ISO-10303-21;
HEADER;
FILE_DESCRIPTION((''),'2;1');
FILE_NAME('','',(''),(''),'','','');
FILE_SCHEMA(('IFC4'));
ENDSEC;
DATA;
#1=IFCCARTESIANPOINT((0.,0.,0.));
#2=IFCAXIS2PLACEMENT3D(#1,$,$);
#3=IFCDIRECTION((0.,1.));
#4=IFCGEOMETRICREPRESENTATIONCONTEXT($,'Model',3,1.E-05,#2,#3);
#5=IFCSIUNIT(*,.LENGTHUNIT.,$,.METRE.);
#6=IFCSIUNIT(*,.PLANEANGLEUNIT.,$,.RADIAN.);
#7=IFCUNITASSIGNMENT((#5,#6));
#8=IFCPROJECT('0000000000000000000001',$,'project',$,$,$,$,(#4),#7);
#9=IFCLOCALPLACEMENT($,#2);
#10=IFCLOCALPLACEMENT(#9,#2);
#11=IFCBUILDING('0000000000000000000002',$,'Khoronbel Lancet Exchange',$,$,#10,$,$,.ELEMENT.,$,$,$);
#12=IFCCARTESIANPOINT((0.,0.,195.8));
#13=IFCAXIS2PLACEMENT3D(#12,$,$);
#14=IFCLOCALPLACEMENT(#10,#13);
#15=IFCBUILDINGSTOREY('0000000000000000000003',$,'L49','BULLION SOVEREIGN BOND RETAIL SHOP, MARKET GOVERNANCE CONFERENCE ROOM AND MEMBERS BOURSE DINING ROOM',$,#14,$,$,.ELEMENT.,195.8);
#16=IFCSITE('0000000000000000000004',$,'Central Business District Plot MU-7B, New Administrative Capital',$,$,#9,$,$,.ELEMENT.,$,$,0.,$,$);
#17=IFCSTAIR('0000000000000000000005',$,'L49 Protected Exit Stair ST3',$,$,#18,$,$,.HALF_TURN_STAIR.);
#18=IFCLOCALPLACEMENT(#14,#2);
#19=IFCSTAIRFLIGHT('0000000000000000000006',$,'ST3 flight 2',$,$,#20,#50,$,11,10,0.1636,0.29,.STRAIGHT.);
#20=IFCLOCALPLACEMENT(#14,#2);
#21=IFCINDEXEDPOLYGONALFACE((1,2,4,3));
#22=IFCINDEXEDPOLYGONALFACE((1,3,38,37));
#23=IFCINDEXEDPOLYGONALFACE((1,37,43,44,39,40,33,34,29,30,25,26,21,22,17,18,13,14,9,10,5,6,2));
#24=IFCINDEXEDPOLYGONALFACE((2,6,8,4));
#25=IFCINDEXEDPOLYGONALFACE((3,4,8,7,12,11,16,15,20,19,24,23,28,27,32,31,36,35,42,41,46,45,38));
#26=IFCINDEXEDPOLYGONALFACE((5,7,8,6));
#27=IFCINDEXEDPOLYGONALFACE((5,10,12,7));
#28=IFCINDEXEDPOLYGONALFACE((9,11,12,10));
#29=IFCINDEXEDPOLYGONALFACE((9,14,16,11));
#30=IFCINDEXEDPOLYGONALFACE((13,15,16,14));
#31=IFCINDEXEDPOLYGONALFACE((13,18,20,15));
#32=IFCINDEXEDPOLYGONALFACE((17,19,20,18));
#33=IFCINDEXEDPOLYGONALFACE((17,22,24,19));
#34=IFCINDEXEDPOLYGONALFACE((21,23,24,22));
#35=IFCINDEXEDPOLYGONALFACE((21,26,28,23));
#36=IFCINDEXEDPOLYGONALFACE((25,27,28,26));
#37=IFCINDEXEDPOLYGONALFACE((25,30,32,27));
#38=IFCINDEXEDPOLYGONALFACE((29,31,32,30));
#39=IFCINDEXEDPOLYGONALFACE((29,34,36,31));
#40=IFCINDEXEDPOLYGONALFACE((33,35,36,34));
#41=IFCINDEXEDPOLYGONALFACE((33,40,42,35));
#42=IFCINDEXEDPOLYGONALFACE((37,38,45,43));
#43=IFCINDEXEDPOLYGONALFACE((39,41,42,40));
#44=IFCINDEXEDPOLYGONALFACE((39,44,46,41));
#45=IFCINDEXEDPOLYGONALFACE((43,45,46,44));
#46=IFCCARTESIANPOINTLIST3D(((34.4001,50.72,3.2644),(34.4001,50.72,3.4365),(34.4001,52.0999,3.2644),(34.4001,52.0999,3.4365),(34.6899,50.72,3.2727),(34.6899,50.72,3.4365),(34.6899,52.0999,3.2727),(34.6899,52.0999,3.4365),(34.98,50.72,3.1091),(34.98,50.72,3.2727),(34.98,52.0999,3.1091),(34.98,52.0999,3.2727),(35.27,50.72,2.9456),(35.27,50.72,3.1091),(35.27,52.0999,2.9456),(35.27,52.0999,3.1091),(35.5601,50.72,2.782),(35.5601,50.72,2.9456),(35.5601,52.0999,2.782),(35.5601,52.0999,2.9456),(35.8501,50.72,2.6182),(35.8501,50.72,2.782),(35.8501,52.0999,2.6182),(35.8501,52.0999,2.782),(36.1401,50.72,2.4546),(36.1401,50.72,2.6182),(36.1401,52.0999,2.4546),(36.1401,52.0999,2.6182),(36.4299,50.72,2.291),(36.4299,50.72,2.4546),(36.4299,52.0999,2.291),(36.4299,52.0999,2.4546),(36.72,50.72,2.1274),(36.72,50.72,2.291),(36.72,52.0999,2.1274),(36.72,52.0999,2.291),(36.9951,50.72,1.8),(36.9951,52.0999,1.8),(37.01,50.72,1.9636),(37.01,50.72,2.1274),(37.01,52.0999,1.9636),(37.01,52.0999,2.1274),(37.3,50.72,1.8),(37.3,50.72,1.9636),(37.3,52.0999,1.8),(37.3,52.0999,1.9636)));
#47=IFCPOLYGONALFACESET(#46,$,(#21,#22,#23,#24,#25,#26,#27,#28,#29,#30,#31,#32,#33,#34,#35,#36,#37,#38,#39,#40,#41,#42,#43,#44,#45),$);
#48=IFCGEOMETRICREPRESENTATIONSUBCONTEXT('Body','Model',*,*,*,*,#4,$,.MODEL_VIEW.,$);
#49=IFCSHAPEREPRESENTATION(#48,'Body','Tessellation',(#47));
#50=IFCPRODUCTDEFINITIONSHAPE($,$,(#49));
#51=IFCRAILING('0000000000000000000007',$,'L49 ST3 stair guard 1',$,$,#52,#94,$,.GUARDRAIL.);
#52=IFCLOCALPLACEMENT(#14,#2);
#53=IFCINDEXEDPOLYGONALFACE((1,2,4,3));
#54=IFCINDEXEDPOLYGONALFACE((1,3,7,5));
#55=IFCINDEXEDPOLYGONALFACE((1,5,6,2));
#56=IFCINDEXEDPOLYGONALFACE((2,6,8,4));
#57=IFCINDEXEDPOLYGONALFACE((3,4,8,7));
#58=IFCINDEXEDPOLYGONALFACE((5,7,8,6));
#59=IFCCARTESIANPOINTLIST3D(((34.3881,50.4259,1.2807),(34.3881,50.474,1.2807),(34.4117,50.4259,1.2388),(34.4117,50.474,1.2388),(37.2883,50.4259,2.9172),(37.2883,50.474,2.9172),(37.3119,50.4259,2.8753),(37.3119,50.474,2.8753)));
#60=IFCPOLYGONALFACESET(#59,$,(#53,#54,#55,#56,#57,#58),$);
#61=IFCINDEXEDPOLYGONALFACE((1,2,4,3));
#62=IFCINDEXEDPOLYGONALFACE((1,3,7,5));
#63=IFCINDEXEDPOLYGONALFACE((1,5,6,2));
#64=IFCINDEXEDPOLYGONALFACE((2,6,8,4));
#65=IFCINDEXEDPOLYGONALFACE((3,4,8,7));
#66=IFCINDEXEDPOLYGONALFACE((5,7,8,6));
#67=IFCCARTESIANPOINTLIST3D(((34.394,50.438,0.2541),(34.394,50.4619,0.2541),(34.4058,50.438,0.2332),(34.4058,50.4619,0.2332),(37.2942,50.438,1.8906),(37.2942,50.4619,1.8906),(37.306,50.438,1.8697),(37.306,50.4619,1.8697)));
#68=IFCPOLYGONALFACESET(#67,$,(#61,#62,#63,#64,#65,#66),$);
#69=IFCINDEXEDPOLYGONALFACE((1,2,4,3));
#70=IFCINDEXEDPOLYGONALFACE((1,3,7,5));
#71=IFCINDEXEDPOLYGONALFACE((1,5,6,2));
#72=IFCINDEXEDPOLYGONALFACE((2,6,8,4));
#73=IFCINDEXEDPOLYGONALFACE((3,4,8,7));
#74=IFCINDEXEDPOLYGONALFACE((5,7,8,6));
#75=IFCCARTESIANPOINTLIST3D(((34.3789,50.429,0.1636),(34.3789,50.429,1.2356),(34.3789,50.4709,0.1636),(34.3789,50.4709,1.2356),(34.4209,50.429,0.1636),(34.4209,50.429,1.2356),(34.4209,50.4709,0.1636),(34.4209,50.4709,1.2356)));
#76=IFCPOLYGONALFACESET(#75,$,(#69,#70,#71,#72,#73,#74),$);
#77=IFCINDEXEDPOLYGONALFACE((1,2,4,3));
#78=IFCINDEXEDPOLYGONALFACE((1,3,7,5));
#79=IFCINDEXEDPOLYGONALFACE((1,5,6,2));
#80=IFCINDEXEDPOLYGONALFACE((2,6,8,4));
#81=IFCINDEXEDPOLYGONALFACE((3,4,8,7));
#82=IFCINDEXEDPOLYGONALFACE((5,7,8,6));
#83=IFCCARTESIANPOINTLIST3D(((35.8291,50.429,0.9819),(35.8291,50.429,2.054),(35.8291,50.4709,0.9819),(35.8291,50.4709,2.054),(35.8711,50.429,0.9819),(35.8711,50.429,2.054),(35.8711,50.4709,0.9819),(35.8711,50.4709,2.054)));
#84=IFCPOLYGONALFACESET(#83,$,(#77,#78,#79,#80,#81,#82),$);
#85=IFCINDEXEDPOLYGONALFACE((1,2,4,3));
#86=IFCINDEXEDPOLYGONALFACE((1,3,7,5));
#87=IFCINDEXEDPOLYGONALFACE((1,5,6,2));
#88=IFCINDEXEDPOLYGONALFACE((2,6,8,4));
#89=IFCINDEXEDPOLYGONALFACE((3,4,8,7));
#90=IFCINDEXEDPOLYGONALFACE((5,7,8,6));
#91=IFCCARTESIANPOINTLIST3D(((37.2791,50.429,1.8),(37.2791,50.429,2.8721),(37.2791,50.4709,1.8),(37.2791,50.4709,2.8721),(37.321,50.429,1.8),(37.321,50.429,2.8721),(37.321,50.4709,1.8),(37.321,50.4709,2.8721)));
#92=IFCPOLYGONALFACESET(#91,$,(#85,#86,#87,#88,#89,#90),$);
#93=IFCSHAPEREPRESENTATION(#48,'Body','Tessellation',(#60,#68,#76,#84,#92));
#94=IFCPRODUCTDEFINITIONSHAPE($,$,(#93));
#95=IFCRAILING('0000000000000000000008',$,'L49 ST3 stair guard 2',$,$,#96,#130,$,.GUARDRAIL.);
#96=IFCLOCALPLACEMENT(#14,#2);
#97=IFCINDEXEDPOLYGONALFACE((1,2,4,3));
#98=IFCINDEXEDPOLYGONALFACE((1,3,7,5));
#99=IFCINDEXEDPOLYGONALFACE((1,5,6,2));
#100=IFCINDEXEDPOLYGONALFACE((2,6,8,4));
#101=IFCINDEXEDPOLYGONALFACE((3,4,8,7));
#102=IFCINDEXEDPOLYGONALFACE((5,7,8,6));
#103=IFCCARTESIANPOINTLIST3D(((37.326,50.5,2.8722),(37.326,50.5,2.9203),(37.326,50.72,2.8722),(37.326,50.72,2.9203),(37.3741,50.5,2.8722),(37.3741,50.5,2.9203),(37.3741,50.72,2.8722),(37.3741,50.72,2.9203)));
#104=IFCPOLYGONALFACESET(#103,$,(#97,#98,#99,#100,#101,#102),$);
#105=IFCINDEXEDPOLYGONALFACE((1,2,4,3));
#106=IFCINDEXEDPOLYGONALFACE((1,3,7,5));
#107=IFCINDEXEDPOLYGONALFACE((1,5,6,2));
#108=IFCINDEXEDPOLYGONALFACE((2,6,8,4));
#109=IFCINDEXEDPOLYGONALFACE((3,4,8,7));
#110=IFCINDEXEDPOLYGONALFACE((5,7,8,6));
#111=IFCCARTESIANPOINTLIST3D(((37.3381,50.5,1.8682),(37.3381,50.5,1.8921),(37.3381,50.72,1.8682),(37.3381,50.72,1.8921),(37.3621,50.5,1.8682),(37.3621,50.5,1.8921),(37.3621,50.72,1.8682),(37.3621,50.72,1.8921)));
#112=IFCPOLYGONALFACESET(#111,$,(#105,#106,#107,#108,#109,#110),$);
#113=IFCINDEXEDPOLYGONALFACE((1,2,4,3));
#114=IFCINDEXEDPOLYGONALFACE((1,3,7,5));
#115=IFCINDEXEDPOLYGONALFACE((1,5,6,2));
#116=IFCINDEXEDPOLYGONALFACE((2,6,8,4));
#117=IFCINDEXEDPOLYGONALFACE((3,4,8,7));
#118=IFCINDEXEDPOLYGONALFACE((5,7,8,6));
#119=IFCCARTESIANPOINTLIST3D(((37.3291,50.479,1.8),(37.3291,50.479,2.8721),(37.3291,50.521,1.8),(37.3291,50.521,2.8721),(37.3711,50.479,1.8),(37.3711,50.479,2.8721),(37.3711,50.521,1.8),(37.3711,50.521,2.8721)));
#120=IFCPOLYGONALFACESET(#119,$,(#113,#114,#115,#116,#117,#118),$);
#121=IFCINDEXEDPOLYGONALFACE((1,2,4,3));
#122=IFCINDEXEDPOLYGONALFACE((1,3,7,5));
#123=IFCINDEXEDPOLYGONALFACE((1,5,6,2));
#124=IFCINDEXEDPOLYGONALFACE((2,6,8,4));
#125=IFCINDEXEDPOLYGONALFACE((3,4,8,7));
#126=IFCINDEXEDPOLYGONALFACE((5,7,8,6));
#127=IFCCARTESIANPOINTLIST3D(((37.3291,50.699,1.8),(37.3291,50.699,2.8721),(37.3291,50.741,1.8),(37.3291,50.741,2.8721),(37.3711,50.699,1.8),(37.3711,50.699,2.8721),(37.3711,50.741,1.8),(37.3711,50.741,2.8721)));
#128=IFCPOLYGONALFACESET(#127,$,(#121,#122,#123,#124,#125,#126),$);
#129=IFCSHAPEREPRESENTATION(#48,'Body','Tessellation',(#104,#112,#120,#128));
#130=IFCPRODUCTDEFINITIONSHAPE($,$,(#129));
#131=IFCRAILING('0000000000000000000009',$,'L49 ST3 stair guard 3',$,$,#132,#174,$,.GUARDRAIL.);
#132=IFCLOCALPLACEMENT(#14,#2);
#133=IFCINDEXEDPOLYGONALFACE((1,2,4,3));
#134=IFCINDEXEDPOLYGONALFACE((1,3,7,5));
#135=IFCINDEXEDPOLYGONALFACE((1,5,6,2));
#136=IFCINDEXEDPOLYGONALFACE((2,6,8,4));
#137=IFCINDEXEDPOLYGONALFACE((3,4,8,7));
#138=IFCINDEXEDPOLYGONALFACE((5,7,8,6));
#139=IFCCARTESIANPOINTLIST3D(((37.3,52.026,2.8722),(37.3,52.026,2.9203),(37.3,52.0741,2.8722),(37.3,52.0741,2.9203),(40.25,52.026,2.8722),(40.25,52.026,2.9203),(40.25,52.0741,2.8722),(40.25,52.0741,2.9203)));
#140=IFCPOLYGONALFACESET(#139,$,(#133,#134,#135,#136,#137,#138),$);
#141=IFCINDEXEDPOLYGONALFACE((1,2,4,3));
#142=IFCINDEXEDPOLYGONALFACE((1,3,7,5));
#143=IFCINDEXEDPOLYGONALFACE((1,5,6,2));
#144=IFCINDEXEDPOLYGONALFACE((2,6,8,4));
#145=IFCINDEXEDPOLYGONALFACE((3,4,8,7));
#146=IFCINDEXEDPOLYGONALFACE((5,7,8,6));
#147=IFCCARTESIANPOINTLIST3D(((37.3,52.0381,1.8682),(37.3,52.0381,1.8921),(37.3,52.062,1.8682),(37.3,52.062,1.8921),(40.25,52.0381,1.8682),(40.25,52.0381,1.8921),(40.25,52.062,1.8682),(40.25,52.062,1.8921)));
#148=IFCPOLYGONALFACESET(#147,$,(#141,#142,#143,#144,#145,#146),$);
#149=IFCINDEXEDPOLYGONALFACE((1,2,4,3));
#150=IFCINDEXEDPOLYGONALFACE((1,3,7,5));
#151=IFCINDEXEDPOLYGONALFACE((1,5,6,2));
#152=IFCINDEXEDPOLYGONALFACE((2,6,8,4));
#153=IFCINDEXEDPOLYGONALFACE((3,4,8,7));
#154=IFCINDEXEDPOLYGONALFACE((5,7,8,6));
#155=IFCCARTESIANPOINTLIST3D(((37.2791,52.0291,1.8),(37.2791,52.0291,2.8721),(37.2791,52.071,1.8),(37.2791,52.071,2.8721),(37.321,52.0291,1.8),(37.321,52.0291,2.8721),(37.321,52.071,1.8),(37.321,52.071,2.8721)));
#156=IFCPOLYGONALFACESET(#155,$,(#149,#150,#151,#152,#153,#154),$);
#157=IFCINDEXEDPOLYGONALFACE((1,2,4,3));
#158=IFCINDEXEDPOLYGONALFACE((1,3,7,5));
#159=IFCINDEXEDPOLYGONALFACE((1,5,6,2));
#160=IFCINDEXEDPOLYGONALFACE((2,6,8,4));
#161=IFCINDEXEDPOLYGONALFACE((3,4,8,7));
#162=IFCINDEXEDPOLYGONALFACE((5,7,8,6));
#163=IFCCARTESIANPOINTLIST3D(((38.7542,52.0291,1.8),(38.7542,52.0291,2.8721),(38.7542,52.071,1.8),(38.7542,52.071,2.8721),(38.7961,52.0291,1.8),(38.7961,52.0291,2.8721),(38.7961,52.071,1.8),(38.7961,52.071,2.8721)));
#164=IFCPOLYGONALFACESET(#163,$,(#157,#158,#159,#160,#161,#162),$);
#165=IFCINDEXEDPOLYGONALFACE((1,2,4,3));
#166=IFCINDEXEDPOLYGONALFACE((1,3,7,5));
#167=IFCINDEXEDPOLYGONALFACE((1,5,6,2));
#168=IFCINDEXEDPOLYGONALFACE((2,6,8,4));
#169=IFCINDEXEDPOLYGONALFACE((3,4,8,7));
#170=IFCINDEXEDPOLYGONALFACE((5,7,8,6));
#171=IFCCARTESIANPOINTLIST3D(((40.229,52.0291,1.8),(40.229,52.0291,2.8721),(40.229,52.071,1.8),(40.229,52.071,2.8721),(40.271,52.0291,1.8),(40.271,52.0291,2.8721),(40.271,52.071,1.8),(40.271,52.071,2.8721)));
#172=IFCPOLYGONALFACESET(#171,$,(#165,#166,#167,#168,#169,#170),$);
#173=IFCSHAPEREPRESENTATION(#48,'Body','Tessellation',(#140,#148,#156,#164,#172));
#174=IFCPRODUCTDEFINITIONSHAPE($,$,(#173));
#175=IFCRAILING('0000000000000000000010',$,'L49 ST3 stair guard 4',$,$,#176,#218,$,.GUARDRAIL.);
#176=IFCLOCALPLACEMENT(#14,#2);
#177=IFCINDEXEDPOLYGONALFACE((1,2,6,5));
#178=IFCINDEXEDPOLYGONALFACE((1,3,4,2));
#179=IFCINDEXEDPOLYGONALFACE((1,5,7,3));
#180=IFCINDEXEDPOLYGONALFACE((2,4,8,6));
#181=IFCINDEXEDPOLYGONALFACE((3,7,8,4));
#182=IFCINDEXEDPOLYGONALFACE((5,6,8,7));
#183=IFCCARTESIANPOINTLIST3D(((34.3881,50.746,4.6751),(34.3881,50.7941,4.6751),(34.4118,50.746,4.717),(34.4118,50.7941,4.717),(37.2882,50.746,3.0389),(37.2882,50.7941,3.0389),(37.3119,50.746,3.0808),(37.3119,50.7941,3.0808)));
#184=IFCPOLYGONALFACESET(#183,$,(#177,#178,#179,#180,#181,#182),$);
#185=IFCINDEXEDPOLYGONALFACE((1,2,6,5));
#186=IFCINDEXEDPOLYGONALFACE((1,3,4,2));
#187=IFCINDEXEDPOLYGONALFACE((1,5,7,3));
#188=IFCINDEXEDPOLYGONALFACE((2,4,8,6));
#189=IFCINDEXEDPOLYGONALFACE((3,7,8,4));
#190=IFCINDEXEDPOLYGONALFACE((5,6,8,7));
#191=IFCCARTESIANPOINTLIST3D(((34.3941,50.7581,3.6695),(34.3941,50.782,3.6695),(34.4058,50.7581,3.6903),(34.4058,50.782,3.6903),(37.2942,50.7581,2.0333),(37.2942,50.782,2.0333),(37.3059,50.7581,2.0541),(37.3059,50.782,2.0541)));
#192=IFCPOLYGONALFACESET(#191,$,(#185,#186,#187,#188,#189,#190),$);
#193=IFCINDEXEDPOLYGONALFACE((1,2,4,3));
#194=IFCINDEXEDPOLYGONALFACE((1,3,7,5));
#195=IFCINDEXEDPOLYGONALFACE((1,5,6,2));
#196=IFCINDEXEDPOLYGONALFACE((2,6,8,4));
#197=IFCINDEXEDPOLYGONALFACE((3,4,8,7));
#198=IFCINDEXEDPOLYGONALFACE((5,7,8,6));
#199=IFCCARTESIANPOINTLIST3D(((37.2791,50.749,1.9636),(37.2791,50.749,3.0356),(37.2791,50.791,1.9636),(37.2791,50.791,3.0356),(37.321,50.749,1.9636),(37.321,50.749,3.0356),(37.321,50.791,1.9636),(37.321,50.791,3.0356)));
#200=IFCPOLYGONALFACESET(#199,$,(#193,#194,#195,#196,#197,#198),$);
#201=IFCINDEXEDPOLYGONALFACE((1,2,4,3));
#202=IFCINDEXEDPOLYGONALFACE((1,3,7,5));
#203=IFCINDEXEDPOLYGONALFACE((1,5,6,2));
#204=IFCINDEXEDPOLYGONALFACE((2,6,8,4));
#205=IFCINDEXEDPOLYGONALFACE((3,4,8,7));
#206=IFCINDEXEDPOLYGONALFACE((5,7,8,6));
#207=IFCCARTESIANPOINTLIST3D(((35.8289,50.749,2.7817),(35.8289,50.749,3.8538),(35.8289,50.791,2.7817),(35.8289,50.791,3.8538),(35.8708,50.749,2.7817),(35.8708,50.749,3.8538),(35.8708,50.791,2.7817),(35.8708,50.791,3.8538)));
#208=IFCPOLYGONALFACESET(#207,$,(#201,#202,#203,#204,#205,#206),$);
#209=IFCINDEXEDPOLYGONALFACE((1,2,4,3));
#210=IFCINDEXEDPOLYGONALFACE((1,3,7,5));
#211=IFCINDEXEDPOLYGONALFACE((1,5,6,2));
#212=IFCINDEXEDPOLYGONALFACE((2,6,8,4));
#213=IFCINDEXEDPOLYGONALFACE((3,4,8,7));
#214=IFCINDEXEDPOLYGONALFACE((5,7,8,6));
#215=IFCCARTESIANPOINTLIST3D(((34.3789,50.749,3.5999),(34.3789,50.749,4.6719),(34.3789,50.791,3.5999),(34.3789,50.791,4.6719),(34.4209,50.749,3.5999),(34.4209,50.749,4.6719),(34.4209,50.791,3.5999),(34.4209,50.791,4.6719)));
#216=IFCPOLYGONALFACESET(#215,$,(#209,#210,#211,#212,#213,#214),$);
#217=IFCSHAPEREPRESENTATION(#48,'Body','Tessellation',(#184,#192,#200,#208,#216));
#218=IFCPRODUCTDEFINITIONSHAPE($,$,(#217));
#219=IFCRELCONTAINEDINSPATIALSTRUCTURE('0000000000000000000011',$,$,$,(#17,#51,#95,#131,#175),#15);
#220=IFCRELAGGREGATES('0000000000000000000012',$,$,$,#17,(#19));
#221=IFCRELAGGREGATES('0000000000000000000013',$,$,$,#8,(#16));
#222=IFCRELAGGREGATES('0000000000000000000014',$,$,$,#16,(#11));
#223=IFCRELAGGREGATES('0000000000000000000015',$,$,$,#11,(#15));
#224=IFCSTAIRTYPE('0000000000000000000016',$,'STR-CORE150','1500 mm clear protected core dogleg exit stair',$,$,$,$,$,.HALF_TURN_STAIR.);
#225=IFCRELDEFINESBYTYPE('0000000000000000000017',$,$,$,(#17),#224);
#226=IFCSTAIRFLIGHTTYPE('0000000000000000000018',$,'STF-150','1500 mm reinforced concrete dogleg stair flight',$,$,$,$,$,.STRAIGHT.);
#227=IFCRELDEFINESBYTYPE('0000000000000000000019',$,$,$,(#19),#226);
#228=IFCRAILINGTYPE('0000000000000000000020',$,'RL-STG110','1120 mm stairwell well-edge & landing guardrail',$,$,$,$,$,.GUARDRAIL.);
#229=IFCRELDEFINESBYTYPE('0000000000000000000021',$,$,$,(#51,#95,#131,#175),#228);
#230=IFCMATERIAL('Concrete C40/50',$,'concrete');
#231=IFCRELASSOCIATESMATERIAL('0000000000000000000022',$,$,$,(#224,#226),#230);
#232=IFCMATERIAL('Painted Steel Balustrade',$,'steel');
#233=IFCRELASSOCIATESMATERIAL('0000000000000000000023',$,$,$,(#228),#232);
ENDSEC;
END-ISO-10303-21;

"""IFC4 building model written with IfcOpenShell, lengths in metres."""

from ifc_helpers import new_model, si_unit, direction, frame, origin, origin_2d, place, context, subcontext, project, spatial, polyline, rectangle, outline, extrude, material, type_object, element, aggregate, save


model = new_model("IFC4")

# Units and contexts
model_context = context("Model", 3, precision=1e-05, world=origin(), true_north=direction((0.0, 1.0)))
body_context = subcontext(model_context, "Body", "Model", "MODEL_VIEW")
ifc_project = project(units=[si_unit("LENGTHUNIT", "METRE"), si_unit("PLANEANGLEUNIT", "RADIAN")], contexts=[model_context])

# Site, building, storey
site_placement = place(None, origin())
site = spatial("IfcSite", under=ifc_project, at=site_placement, Name="Central Business District Plot MU-7B, New Administrative Capital", CompositionType="ELEMENT", RefElevation=0.0)
building_placement = place(site_placement, origin())
building = spatial("IfcBuilding", under=site, at=building_placement, Name="Khoronbel Lancet Exchange", CompositionType="ELEMENT")
storey_placement = place(building_placement, frame((0.0, 0.0, 195.8)))
storey = spatial("IfcBuildingStorey", under=building, at=storey_placement, Name="L49", Description="BULLION SOVEREIGN BOND RETAIL SHOP, MARKET GOVERNANCE CONFERENCE ROOM AND MEMBERS BOURSE DINING ROOM", CompositionType="ELEMENT", Elevation=195.8)

# Stair, stair flight
ifc_material_1 = material(Name="Concrete C40/50", Category="concrete")
stair_type = type_object("IfcStairType", Name="STR-CORE150", Description="1500 mm clear protected core dogleg exit stair", PredefinedType="HALF_TURN_STAIR", material=ifc_material_1)
stair_placement = place(storey_placement, origin())
stair = element("IfcStair", 1, at=stair_placement, inside=storey, type_object=stair_type, Name="L49 Protected Exit Stair ST3", PredefinedType="HALF_TURN_STAIR")
stair_flight_type = type_object("IfcStairFlightType", Name="STF-150", Description="1500 mm reinforced concrete dogleg stair flight", PredefinedType="STRAIGHT", material=ifc_material_1)
stair_flight_1_placement = place(storey_placement, frame((37.3, 51.4099, 1.8), z_axis=(0.0, 0.0, 1.0), x_axis=(-1.0, 0.0, 0.0)))
stair_flight_1 = element("IfcStairFlight", 2, at=stair_flight_1_placement, type_object=stair_flight_type, Name="ST3 flight 2", NumberOfRisers=11, NumberOfTreads=10, PredefinedType="STRAIGHT", RiserHeight=0.1636, TreadLength=0.29, context=body_context, shape_type="SweptSolid", body=[
    extrude(outline(polyline([(0.0, 0.0), (0.0, 0.1636), (0.29, 0.1636), (0.29, 0.3274), (0.5801, 0.3274), (0.5801, 0.491), (0.8701, 0.491), (0.8701, 0.6545), (1.1599, 0.6545), (1.1599, 0.8181), (1.45, 0.8181), (1.45, 0.9819), (1.74, 0.9819), (1.74, 1.1455), (2.03, 1.1455), (2.03, 1.3091), (2.3201, 1.3091), (2.3201, 1.4727), (2.6101, 1.4727), (2.6101, 1.6365), (2.8999, 1.6365), (2.8999, 1.8), (2.8999, 1.4644), (0.3049, 0.0), (0.0, 0.0)])), frame((0.0, 0.6899, 0.0), z_axis=(0.0, -1.0, 0.0), x_axis=(1.0, 0.0, 0.0)), (0.0, 0.0, 1.0), 1.3799),
])
aggregate(stair, [stair_flight_1])

# Railings
ifc_material_2 = material(Name="Painted Steel Balustrade", Category="steel")
railing_type_1 = type_object("IfcRailingType", Name="RL-STG110", Description="1120 mm stairwell well-edge & landing guardrail", PredefinedType="GUARDRAIL", material=ifc_material_2)
railing_1_placement = place(storey_placement, frame((34.3999, 50.45, 0.1636)))
element("IfcRailing", 3, at=railing_1_placement, inside=storey, type_object=railing_type_1, Name="L49 ST3 stair guard 1", PredefinedType="GUARDRAIL", context=body_context, shape_type="SweptSolid", body=[
    extrude(rectangle(XDim=0.0481, YDim=0.0481, at=origin_2d()), frame((0.0, 0.0, 1.0962), z_axis=(0.870915, 0.0, 0.491434), x_axis=(0.0, 1.0, 0.0)), (0.0, 0.0, 1.0), 3.3301),
    extrude(rectangle(XDim=0.0239, YDim=0.0239, at=origin_2d()), frame((0.0, 0.0, 0.0801), z_axis=(0.870915, 0.0, 0.491434), x_axis=(0.0, 1.0, 0.0)), (0.0, 0.0, 1.0), 3.3301),
    extrude(rectangle(XDim=0.042, YDim=0.042, at=origin_2d()), origin(), (0.0, 0.0, 1.0), 1.072),
    extrude(rectangle(XDim=0.042, YDim=0.042, at=origin_2d()), frame((1.4502, 0.0, 0.8184)), (0.0, 0.0, 1.0), 1.072),
    extrude(rectangle(XDim=0.042, YDim=0.042, at=origin_2d()), frame((2.9001, 0.0, 1.6365)), (0.0, 0.0, 1.0), 1.072),
])
railing_2_placement = place(storey_placement, frame((37.3501, 50.5, 1.8)))
element("IfcRailing", 4, at=railing_2_placement, inside=storey, type_object=railing_type_1, Name="L49 ST3 stair guard 2", PredefinedType="GUARDRAIL", context=body_context, shape_type="SweptSolid", body=[
    extrude(rectangle(XDim=0.0481, YDim=0.0481, at=origin_2d()), frame((0.0, 0.0, 1.0962), z_axis=(0.0, 1.0, 0.0), x_axis=(-1.0, 0.0, 0.0)), (0.0, 0.0, 1.0), 0.22),
    extrude(rectangle(XDim=0.0239, YDim=0.0239, at=origin_2d()), frame((0.0, 0.0, 0.0801), z_axis=(0.0, 1.0, 0.0), x_axis=(-1.0, 0.0, 0.0)), (0.0, 0.0, 1.0), 0.22),
    extrude(rectangle(XDim=0.042, YDim=0.042, at=origin_2d()), origin(), (0.0, 0.0, 1.0), 1.072),
    extrude(rectangle(XDim=0.042, YDim=0.042, at=origin_2d()), frame((0.0, 0.22, 0.0)), (0.0, 0.0, 1.0), 1.072),
])
railing_3_placement = place(storey_placement, frame((37.3, 52.05, 1.8)))
element("IfcRailing", 5, at=railing_3_placement, inside=storey, type_object=railing_type_1, Name="L49 ST3 stair guard 3", PredefinedType="GUARDRAIL", context=body_context, shape_type="SweptSolid", body=[
    extrude(rectangle(XDim=0.0481, YDim=0.0481, at=origin_2d()), frame((0.0, 0.0, 1.0962), z_axis=(1.0, 0.0, 0.0), x_axis=(0.0, 1.0, 0.0)), (0.0, 0.0, 1.0), 2.95),
    extrude(rectangle(XDim=0.0239, YDim=0.0239, at=origin_2d()), frame((0.0, 0.0, 0.0801), z_axis=(1.0, 0.0, 0.0), x_axis=(0.0, 1.0, 0.0)), (0.0, 0.0, 1.0), 2.95),
    extrude(rectangle(XDim=0.042, YDim=0.042, at=origin_2d()), origin(), (0.0, 0.0, 1.0), 1.072),
    extrude(rectangle(XDim=0.042, YDim=0.042, at=origin_2d()), frame((1.4751, 0.0, 0.0)), (0.0, 0.0, 1.0), 1.072),
    extrude(rectangle(XDim=0.042, YDim=0.042, at=origin_2d()), frame((2.95, 0.0, 0.0)), (0.0, 0.0, 1.0), 1.072),
])
railing_4_placement = place(storey_placement, frame((37.3, 50.77, 1.9636)))
element("IfcRailing", 6, at=railing_4_placement, inside=storey, type_object=railing_type_1, Name="L49 ST3 stair guard 4", PredefinedType="GUARDRAIL", context=body_context, shape_type="SweptSolid", body=[
    extrude(rectangle(XDim=0.0481, YDim=0.0481, at=origin_2d()), frame((0.0, 0.0, 1.0962), z_axis=(-0.870946, 0.0, 0.491378), x_axis=(0.0, -1.0, 0.0)), (0.0, 0.0, 1.0), 3.3298),
    extrude(rectangle(XDim=0.0239, YDim=0.0239, at=origin_2d()), frame((0.0, 0.0, 0.0801), z_axis=(-0.870946, 0.0, 0.491378), x_axis=(0.0, -1.0, 0.0)), (0.0, 0.0, 1.0), 3.3298),
    extrude(rectangle(XDim=0.042, YDim=0.042, at=origin_2d()), origin(), (0.0, 0.0, 1.0), 1.072),
    extrude(rectangle(XDim=0.042, YDim=0.042, at=origin_2d()), frame((-1.4502, 0.0, 0.8181)), (0.0, 0.0, 1.0), 1.072),
    extrude(rectangle(XDim=0.042, YDim=0.042, at=origin_2d()), frame((-2.9001, 0.0, 1.6362)), (0.0, 0.0, 1.0), 1.072),
])

save(model, "model.ifc")
